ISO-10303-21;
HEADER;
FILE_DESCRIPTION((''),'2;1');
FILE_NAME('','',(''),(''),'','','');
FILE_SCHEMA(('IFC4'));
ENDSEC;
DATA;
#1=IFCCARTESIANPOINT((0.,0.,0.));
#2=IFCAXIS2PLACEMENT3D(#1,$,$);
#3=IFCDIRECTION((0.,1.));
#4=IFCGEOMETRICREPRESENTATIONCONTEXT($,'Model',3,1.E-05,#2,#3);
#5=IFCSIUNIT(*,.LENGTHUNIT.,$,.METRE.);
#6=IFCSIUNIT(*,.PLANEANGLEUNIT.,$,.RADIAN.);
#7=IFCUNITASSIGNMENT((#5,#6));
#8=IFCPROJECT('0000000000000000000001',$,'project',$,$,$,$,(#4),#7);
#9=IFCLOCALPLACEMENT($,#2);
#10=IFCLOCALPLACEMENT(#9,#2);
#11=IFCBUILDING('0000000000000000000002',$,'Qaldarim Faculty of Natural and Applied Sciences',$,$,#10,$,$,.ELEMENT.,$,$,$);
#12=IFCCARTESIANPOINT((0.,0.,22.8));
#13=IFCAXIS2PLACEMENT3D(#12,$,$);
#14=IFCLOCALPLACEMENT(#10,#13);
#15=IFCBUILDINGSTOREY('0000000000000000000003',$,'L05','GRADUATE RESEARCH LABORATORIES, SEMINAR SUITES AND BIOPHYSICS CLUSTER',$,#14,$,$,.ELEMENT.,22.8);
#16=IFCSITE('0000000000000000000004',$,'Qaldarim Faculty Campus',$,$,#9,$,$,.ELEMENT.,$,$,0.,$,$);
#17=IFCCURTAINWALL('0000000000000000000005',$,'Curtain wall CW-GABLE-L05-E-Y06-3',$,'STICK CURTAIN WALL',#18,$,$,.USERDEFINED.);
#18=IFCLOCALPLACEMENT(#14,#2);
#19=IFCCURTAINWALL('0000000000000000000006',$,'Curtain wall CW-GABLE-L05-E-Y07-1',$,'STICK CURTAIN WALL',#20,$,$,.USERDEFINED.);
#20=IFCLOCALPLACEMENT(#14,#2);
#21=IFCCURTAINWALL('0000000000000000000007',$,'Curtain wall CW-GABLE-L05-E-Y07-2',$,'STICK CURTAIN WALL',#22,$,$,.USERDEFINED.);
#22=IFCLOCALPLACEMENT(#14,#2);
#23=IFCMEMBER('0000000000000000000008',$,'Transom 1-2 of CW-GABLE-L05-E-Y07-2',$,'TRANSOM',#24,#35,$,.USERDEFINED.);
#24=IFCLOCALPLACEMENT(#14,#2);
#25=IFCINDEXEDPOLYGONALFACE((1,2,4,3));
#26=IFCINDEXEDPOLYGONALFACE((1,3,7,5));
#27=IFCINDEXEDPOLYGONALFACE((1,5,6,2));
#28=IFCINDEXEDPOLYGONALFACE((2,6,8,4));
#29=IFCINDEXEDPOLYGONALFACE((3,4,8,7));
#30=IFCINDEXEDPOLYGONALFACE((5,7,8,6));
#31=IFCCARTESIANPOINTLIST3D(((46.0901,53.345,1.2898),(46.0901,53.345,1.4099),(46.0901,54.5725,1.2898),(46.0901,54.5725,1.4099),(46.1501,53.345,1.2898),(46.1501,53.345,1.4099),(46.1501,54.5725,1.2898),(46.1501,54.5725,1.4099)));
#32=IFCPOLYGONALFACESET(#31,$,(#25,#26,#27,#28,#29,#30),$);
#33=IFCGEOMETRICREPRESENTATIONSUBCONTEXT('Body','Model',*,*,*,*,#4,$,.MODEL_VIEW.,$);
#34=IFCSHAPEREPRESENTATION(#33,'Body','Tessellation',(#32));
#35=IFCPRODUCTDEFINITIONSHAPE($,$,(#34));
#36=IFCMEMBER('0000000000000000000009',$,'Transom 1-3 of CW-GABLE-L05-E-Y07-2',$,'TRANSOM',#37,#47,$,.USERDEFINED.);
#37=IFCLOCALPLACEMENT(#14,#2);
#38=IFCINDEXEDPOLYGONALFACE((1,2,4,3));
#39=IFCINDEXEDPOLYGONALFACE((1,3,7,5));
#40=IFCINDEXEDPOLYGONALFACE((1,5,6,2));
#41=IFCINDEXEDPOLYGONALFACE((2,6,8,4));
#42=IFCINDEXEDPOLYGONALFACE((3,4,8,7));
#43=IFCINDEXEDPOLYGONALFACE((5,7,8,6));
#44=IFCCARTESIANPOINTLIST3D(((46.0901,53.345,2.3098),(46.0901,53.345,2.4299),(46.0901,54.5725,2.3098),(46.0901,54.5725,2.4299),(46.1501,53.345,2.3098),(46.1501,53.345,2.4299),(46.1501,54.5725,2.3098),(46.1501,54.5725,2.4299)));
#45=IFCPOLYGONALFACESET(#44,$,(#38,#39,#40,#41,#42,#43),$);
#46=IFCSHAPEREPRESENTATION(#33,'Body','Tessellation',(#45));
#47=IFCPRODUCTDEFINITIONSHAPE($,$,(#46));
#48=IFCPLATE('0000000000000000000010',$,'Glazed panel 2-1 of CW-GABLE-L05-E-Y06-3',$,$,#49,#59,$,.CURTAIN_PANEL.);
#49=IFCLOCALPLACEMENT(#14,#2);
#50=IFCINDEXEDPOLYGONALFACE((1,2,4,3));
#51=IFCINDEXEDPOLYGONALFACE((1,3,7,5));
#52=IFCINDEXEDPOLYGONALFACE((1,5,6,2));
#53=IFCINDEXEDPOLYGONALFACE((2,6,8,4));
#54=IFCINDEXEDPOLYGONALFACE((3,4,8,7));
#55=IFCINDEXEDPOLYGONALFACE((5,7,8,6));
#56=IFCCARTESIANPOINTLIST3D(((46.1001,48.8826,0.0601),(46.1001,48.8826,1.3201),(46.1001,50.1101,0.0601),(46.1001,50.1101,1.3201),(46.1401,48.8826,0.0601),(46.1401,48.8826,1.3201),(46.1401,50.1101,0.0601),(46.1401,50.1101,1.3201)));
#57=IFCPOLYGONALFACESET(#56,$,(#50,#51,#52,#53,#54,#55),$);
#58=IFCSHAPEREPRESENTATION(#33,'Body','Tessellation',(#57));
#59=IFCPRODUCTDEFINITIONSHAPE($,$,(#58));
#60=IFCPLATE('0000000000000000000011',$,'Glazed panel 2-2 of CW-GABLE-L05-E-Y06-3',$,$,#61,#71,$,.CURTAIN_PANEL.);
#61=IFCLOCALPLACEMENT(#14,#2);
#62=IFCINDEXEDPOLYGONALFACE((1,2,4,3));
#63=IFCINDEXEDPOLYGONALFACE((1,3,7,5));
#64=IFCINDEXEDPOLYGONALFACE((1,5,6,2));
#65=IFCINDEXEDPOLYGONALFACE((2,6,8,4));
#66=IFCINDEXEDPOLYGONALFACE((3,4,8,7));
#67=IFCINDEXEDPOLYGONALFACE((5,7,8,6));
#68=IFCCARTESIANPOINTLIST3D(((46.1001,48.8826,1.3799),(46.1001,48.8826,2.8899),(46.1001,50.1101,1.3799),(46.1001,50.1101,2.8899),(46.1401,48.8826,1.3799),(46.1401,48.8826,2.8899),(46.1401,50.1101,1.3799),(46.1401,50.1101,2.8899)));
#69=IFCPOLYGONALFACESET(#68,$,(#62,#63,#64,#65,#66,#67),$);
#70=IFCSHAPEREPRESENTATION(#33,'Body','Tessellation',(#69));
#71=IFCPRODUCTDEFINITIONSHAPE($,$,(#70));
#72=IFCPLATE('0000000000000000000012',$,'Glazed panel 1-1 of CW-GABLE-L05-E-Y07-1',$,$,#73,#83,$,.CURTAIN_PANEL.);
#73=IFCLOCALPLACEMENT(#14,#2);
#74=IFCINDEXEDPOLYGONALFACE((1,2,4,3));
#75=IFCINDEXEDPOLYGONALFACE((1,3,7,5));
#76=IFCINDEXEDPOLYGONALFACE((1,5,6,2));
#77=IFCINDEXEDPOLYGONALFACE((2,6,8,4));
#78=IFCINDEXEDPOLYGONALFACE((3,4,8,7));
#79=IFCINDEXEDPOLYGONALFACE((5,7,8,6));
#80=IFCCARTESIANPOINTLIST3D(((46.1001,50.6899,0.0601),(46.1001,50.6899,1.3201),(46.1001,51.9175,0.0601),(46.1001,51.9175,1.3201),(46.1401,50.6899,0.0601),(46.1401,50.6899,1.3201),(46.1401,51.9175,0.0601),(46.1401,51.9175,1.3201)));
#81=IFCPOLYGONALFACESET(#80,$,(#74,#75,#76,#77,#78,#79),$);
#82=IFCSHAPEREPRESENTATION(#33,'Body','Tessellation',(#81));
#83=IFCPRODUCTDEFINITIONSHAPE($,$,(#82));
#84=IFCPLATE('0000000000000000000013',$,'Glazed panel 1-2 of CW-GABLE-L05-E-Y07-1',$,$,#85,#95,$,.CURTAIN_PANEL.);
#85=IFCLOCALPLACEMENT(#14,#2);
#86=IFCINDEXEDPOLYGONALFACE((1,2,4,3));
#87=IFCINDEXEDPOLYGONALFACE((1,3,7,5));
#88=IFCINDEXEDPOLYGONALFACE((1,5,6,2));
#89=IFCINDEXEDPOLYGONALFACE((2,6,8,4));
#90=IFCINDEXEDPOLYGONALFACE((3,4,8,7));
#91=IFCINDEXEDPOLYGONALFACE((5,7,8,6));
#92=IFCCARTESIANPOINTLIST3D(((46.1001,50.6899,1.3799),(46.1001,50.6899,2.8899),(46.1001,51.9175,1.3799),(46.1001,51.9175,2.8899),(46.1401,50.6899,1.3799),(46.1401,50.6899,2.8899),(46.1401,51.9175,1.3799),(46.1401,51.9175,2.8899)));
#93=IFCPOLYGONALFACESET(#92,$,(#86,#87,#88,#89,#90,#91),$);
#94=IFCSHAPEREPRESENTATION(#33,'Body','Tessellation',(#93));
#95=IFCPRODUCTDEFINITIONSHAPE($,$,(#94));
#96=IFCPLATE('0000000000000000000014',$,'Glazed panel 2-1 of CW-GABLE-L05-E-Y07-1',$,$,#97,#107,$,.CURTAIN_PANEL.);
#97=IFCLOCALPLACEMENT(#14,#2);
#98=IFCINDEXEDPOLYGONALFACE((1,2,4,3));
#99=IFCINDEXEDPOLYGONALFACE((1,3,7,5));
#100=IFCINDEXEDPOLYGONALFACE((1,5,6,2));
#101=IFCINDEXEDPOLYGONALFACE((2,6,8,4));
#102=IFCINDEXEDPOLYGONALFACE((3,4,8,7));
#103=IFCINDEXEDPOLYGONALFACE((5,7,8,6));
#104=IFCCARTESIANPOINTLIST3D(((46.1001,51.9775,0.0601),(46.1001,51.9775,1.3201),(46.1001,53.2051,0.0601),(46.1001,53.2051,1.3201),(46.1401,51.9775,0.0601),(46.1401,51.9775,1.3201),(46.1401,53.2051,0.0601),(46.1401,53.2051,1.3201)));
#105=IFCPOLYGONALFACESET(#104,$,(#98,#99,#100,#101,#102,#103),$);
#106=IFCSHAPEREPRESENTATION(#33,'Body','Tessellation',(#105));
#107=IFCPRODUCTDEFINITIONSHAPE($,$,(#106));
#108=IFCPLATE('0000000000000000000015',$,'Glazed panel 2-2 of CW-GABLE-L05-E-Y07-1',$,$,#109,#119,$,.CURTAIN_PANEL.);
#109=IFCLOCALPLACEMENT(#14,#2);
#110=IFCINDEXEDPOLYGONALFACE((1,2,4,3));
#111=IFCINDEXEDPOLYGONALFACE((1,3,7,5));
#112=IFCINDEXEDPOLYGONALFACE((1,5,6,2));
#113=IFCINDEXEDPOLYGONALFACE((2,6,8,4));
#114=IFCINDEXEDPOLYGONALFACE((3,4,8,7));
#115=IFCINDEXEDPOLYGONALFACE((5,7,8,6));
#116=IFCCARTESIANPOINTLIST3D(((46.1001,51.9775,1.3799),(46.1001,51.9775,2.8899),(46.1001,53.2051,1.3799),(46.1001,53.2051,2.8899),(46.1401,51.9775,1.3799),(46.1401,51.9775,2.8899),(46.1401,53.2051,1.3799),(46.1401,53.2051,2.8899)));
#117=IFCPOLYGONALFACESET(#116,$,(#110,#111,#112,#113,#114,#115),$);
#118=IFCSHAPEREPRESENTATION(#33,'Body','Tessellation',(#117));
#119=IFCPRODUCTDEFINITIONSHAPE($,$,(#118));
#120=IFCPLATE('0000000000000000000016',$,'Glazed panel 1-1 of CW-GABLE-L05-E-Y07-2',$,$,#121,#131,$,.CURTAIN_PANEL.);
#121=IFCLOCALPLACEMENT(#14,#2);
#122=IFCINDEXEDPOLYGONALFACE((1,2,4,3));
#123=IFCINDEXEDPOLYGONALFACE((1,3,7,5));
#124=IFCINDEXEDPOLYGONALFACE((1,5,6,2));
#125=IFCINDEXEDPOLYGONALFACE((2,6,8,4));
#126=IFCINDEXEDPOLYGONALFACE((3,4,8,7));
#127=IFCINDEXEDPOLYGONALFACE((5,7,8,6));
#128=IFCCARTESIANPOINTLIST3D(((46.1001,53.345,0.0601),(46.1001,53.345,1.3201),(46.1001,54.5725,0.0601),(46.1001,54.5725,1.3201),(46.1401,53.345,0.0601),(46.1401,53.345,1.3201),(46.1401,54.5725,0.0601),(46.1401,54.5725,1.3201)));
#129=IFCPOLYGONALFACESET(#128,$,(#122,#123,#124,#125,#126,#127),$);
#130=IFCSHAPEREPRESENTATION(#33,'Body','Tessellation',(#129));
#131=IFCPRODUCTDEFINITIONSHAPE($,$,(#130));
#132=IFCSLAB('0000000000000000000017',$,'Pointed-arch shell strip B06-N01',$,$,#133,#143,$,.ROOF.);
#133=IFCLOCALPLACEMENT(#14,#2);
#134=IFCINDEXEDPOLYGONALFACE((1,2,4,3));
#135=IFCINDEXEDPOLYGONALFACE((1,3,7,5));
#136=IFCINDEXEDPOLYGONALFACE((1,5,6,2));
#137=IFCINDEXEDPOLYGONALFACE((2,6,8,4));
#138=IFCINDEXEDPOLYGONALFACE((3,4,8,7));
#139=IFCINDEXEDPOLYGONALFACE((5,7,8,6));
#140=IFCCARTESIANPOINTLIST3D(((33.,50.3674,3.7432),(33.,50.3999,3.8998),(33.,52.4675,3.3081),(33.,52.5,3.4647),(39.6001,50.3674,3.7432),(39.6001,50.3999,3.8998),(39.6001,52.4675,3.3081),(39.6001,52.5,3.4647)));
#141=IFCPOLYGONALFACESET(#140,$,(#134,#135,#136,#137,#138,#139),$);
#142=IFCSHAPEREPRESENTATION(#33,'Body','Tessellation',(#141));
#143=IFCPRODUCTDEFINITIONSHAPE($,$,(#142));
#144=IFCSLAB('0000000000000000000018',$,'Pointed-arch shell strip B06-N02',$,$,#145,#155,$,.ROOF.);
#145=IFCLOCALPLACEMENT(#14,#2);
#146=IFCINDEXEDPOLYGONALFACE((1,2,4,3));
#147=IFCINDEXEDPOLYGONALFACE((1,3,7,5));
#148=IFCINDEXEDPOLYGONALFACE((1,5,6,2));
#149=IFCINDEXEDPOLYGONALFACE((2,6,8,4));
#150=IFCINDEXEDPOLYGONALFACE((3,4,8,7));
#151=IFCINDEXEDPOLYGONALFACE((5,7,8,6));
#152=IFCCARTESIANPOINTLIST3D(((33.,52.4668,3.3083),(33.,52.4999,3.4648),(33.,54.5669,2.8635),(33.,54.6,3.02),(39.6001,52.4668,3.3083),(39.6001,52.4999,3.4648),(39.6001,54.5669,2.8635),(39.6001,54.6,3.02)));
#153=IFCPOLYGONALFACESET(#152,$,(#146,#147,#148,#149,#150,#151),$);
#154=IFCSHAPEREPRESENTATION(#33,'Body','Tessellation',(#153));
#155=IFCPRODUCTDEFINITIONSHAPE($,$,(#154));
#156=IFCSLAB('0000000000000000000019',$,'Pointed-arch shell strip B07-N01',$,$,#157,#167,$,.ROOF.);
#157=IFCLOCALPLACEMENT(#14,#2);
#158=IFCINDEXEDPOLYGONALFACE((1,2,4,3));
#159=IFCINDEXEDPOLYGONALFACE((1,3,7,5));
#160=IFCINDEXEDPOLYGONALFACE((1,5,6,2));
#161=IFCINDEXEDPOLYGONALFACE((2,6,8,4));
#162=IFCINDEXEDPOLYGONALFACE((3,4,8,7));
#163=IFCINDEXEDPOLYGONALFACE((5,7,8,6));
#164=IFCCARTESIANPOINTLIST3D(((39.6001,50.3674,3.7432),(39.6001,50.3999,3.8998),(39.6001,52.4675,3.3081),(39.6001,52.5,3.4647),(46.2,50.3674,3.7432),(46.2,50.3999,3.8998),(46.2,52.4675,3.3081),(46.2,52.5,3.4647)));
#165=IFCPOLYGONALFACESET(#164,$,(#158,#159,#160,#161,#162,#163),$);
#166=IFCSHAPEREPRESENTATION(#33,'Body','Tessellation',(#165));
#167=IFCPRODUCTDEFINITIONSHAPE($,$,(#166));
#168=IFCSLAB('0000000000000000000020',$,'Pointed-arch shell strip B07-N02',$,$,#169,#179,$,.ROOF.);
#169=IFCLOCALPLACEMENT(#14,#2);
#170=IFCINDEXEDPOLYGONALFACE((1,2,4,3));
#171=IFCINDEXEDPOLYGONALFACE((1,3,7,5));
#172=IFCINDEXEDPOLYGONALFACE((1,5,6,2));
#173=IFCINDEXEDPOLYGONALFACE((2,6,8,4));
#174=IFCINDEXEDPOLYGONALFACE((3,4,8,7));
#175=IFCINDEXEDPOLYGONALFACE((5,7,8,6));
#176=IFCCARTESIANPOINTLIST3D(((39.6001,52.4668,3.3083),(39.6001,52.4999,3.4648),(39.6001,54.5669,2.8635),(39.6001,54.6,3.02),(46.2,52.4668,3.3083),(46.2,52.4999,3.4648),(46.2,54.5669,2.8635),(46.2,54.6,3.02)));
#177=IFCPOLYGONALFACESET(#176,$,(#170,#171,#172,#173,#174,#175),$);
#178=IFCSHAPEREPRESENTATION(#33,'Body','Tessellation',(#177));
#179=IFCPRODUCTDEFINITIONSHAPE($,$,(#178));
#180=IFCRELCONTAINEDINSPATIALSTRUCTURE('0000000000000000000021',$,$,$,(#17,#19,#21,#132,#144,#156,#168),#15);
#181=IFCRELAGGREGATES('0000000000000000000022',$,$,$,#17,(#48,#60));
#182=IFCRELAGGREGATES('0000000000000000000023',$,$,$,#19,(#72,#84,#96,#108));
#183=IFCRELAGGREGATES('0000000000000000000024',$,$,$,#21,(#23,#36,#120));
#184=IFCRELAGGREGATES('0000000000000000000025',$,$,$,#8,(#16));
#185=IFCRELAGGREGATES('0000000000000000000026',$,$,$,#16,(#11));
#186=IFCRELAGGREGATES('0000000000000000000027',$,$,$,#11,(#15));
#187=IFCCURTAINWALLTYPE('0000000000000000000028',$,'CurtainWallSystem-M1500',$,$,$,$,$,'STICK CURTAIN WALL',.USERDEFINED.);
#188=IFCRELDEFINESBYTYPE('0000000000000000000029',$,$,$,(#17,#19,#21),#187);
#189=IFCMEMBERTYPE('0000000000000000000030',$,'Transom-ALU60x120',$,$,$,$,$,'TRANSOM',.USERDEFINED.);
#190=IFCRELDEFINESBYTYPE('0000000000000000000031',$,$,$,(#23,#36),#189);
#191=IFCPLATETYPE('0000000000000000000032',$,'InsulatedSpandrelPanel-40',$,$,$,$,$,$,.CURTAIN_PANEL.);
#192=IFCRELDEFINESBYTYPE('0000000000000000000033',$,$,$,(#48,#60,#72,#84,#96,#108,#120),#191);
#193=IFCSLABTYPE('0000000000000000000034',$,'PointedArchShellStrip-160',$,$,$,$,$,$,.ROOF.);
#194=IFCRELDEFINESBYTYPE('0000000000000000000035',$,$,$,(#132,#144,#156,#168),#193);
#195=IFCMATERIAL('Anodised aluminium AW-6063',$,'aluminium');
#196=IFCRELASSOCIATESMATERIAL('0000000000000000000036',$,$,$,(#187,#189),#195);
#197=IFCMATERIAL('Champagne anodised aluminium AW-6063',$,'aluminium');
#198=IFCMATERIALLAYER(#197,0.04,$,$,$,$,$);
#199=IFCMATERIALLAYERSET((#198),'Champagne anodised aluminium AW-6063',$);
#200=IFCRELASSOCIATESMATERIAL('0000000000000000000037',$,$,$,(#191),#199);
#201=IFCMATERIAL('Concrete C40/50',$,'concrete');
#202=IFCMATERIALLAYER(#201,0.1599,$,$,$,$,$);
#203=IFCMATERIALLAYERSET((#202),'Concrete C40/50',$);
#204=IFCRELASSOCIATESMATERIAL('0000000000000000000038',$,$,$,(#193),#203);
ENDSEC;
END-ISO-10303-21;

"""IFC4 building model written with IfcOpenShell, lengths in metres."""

from ifc_helpers import new_model, si_unit, direction, frame, origin, origin_2d, place, context, subcontext, project, spatial, polyline, rectangle, outline, extrude, material, layer, layer_set, material_profile, profile_set, type_object, element, aggregate, save


model = new_model("IFC4")

# Units and contexts
model_context = context("Model", 3, precision=1e-05, world=origin(), true_north=direction((0.0, 1.0)))
body_context = subcontext(model_context, "Body", "Model", "MODEL_VIEW")
ifc_project = project(units=[si_unit("LENGTHUNIT", "METRE"), si_unit("PLANEANGLEUNIT", "RADIAN")], contexts=[model_context])

# Site, building, storey
site_placement = place(None, origin())
site = spatial("IfcSite", under=ifc_project, at=site_placement, Name="Qaldarim Faculty Campus", CompositionType="ELEMENT", RefElevation=0.0)
building_placement = place(site_placement, origin())
building = spatial("IfcBuilding", under=site, at=building_placement, Name="Qaldarim Faculty of Natural and Applied Sciences", CompositionType="ELEMENT")
storey_placement = place(building_placement, frame((0.0, 0.0, 22.8)))
storey = spatial("IfcBuildingStorey", under=building, at=storey_placement, Name="L05", Description="GRADUATE RESEARCH LABORATORIES, SEMINAR SUITES AND BIOPHYSICS CLUSTER", CompositionType="ELEMENT", Elevation=22.8)

# Curtain wall
ifc_material_1 = material(Name="Anodised aluminium AW-6063", Category="aluminium")
curtain_wall_type = type_object("IfcCurtainWallType", Name="CurtainWallSystem-M1500", ElementType="STICK CURTAIN WALL", PredefinedType="USERDEFINED", material=ifc_material_1)
curtain_wall_1_placement = place(storey_placement, origin())
curtain_wall_1 = element("IfcCurtainWall", 1, at=curtain_wall_1_placement, inside=storey, type_object=curtain_wall_type, Name="Curtain wall CW-GABLE-L05-E-Y06-3", ObjectType="STICK CURTAIN WALL", PredefinedType="USERDEFINED")

# Curtain wall
curtain_wall_2_placement = place(storey_placement, origin())
curtain_wall_2 = element("IfcCurtainWall", 2, at=curtain_wall_2_placement, inside=storey, type_object=curtain_wall_type, Name="Curtain wall CW-GABLE-L05-E-Y07-1", ObjectType="STICK CURTAIN WALL", PredefinedType="USERDEFINED")

# Curtain wall
curtain_wall_3_placement = place(storey_placement, origin())
curtain_wall_3 = element("IfcCurtainWall", 3, at=curtain_wall_3_placement, inside=storey, type_object=curtain_wall_type, Name="Curtain wall CW-GABLE-L05-E-Y07-2", ObjectType="STICK CURTAIN WALL", PredefinedType="USERDEFINED")

# Members
ifc_material_profile_1 = material_profile(ifc_material_1, rectangle(XDim=0.0601, YDim=0.1201, at=origin_2d()), Name="ALU-T60x120")
ifc_profile_set_1 = profile_set([ifc_material_profile_1], Name="Anodised aluminium AW-6063")
member_type_1 = type_object("IfcMemberType", Name="Transom-ALU60x120", ElementType="TRANSOM", PredefinedType="USERDEFINED", material=ifc_profile_set_1)
member_1_placement = place(storey_placement, frame((46.1201, 53.345, 1.3499), z_axis=(0.0, 1.0, 0.0), x_axis=(-1.0, 0.0, 0.0)))
member_1 = element("IfcMember", 4, at=member_1_placement, type_object=member_type_1, Name="Transom 1-2 of CW-GABLE-L05-E-Y07-2", ObjectType="TRANSOM", PredefinedType="USERDEFINED", context=body_context, shape_type="SweptSolid", body=[
    extrude(rectangle(XDim=0.0601, YDim=0.1201, at=origin_2d()), origin(), (0.0, 0.0, 1.0), 1.2275),
])
member_2_placement = place(storey_placement, frame((46.1201, 53.345, 2.3699), z_axis=(0.0, 1.0, 0.0), x_axis=(-1.0, 0.0, 0.0)))
member_2 = element("IfcMember", 5, at=member_2_placement, type_object=member_type_1, Name="Transom 1-3 of CW-GABLE-L05-E-Y07-2", ObjectType="TRANSOM", PredefinedType="USERDEFINED", context=body_context, shape_type="SweptSolid", body=[
    extrude(rectangle(XDim=0.0601, YDim=0.1201, at=origin_2d()), origin(), (0.0, 0.0, 1.0), 1.2275),
])

# Plates
ifc_material_2 = material(Name="Champagne anodised aluminium AW-6063", Category="aluminium")
ifc_layer_1 = layer(ifc_material_2, 0.04)
ifc_layer_set_1 = layer_set([ifc_layer_1], Name="Champagne anodised aluminium AW-6063")
plate_type = type_object("IfcPlateType", Name="InsulatedSpandrelPanel-40", PredefinedType="CURTAIN_PANEL", material=ifc_layer_set_1)
plate_1_placement = place(storey_placement, frame((46.1201, 49.4963, 0.0601), z_axis=(0.0, 0.0, 1.0), x_axis=(0.0, 1.0, 0.0)))
plate_1 = element("IfcPlate", 6, at=plate_1_placement, type_object=plate_type, Name="Glazed panel 2-1 of CW-GABLE-L05-E-Y06-3", PredefinedType="CURTAIN_PANEL", context=body_context, shape_type="SweptSolid", body=[
    extrude(rectangle(XDim=1.2275, YDim=0.04, at=origin_2d()), origin(), (0.0, 0.0, 1.0), 1.26),
])
plate_2_placement = place(storey_placement, frame((46.1201, 49.4963, 1.3799), z_axis=(0.0, 0.0, 1.0), x_axis=(0.0, 1.0, 0.0)))
plate_2 = element("IfcPlate", 7, at=plate_2_placement, type_object=plate_type, Name="Glazed panel 2-2 of CW-GABLE-L05-E-Y06-3", PredefinedType="CURTAIN_PANEL", context=body_context, shape_type="SweptSolid", body=[
    extrude(rectangle(XDim=1.2275, YDim=0.04, at=origin_2d()), origin(), (0.0, 0.0, 1.0), 1.51),
])
aggregate(curtain_wall_1, [plate_1, plate_2])
plate_3_placement = place(storey_placement, frame((46.1201, 51.3037, 0.0601), z_axis=(0.0, 0.0, 1.0), x_axis=(0.0, 1.0, 0.0)))
plate_3 = element("IfcPlate", 8, at=plate_3_placement, type_object=plate_type, Name="Glazed panel 1-1 of CW-GABLE-L05-E-Y07-1", PredefinedType="CURTAIN_PANEL", context=body_context, shape_type="SweptSolid", body=[
    extrude(rectangle(XDim=1.2275, YDim=0.04, at=origin_2d()), origin(), (0.0, 0.0, 1.0), 1.26),
])
plate_4_placement = place(storey_placement, frame((46.1201, 51.3037, 1.3799), z_axis=(0.0, 0.0, 1.0), x_axis=(0.0, 1.0, 0.0)))
plate_4 = element("IfcPlate", 9, at=plate_4_placement, type_object=plate_type, Name="Glazed panel 1-2 of CW-GABLE-L05-E-Y07-1", PredefinedType="CURTAIN_PANEL", context=body_context, shape_type="SweptSolid", body=[
    extrude(rectangle(XDim=1.2275, YDim=0.04, at=origin_2d()), origin(), (0.0, 0.0, 1.0), 1.51),
])
plate_5_placement = place(storey_placement, frame((46.1201, 52.5913, 0.0601), z_axis=(0.0, 0.0, 1.0), x_axis=(0.0, 1.0, 0.0)))
plate_5 = element("IfcPlate", 10, at=plate_5_placement, type_object=plate_type, Name="Glazed panel 2-1 of CW-GABLE-L05-E-Y07-1", PredefinedType="CURTAIN_PANEL", context=body_context, shape_type="SweptSolid", body=[
    extrude(rectangle(XDim=1.2275, YDim=0.04, at=origin_2d()), origin(), (0.0, 0.0, 1.0), 1.26),
])
plate_6_placement = place(storey_placement, frame((46.1201, 52.5913, 1.3799), z_axis=(0.0, 0.0, 1.0), x_axis=(0.0, 1.0, 0.0)))
plate_6 = element("IfcPlate", 11, at=plate_6_placement, type_object=plate_type, Name="Glazed panel 2-2 of CW-GABLE-L05-E-Y07-1", PredefinedType="CURTAIN_PANEL", context=body_context, shape_type="SweptSolid", body=[
    extrude(rectangle(XDim=1.2275, YDim=0.04, at=origin_2d()), origin(), (0.0, 0.0, 1.0), 1.51),
])
aggregate(curtain_wall_2, [plate_3, plate_4, plate_5, plate_6])
plate_7_placement = place(storey_placement, frame((46.1201, 53.9587, 0.0601), z_axis=(0.0, 0.0, 1.0), x_axis=(0.0, 1.0, 0.0)))
plate_7 = element("IfcPlate", 12, at=plate_7_placement, type_object=plate_type, Name="Glazed panel 1-1 of CW-GABLE-L05-E-Y07-2", PredefinedType="CURTAIN_PANEL", context=body_context, shape_type="SweptSolid", body=[
    extrude(rectangle(XDim=1.2275, YDim=0.04, at=origin_2d()), origin(), (0.0, 0.0, 1.0), 1.26),
])
aggregate(curtain_wall_3, [member_1, member_2, plate_7])

# Slabs
ifc_material_3 = material(Name="Concrete C40/50", Category="concrete")
ifc_layer_2 = layer(ifc_material_3, 0.1599)
ifc_layer_set_2 = layer_set([ifc_layer_2], Name="Concrete C40/50")
slab_type = type_object("IfcSlabType", Name="PointedArchShellStrip-160", PredefinedType="ROOF", material=ifc_layer_set_2)
slab_1_placement = place(storey_placement, frame((33.0, 50.3674, 3.7432), z_axis=(0.0, 0.202854, 0.979209), x_axis=(1.0, 0.0, 0.0)))
element("IfcSlab", 13, at=slab_1_placement, inside=storey, type_object=slab_type, Name="Pointed-arch shell strip B06-N01", PredefinedType="ROOF", context=body_context, shape_type="SweptSolid", body=[
    extrude(outline(polyline([(0.0, 0.0), (6.6001, 0.0), (6.6001, 2.1447), (0.0, 2.1447), (0.0, 0.0)])), origin(), (0.0, 0.0, 1.0), 0.1599),
])
slab_2_placement = place(storey_placement, frame((33.0, 52.4668, 3.3083), z_axis=(0.0, 0.207214, 0.978296), x_axis=(1.0, 0.0, 0.0)))
element("IfcSlab", 14, at=slab_2_placement, inside=storey, type_object=slab_type, Name="Pointed-arch shell strip B06-N02", PredefinedType="ROOF", context=body_context, shape_type="SweptSolid", body=[
    extrude(outline(polyline([(0.0, 0.0), (6.6001, 0.0), (6.6001, 2.1467), (0.0, 2.1467), (0.0, 0.0)])), origin(), (0.0, 0.0, 1.0), 0.1599),
])
slab_3_placement = place(storey_placement, frame((39.6001, 50.3674, 3.7432), z_axis=(0.0, 0.202854, 0.979209), x_axis=(1.0, 0.0, 0.0)))
element("IfcSlab", 15, at=slab_3_placement, inside=storey, type_object=slab_type, Name="Pointed-arch shell strip B07-N01", PredefinedType="ROOF", context=body_context, shape_type="SweptSolid", body=[
    extrude(outline(polyline([(0.0, 0.0), (6.5999, 0.0), (6.5999, 2.1447), (0.0, 2.1447), (0.0, 0.0)])), origin(), (0.0, 0.0, 1.0), 0.1599),
])
slab_4_placement = place(storey_placement, frame((39.6001, 52.4668, 3.3083), z_axis=(0.0, 0.207214, 0.978296), x_axis=(1.0, 0.0, 0.0)))
element("IfcSlab", 16, at=slab_4_placement, inside=storey, type_object=slab_type, Name="Pointed-arch shell strip B07-N02", PredefinedType="ROOF", context=body_context, shape_type="SweptSolid", body=[
    extrude(outline(polyline([(0.0, 0.0), (6.5999, 0.0), (6.5999, 2.1467), (0.0, 2.1467), (0.0, 0.0)])), origin(), (0.0, 0.0, 1.0), 0.1599),
])

save(model, "model.ifc")
